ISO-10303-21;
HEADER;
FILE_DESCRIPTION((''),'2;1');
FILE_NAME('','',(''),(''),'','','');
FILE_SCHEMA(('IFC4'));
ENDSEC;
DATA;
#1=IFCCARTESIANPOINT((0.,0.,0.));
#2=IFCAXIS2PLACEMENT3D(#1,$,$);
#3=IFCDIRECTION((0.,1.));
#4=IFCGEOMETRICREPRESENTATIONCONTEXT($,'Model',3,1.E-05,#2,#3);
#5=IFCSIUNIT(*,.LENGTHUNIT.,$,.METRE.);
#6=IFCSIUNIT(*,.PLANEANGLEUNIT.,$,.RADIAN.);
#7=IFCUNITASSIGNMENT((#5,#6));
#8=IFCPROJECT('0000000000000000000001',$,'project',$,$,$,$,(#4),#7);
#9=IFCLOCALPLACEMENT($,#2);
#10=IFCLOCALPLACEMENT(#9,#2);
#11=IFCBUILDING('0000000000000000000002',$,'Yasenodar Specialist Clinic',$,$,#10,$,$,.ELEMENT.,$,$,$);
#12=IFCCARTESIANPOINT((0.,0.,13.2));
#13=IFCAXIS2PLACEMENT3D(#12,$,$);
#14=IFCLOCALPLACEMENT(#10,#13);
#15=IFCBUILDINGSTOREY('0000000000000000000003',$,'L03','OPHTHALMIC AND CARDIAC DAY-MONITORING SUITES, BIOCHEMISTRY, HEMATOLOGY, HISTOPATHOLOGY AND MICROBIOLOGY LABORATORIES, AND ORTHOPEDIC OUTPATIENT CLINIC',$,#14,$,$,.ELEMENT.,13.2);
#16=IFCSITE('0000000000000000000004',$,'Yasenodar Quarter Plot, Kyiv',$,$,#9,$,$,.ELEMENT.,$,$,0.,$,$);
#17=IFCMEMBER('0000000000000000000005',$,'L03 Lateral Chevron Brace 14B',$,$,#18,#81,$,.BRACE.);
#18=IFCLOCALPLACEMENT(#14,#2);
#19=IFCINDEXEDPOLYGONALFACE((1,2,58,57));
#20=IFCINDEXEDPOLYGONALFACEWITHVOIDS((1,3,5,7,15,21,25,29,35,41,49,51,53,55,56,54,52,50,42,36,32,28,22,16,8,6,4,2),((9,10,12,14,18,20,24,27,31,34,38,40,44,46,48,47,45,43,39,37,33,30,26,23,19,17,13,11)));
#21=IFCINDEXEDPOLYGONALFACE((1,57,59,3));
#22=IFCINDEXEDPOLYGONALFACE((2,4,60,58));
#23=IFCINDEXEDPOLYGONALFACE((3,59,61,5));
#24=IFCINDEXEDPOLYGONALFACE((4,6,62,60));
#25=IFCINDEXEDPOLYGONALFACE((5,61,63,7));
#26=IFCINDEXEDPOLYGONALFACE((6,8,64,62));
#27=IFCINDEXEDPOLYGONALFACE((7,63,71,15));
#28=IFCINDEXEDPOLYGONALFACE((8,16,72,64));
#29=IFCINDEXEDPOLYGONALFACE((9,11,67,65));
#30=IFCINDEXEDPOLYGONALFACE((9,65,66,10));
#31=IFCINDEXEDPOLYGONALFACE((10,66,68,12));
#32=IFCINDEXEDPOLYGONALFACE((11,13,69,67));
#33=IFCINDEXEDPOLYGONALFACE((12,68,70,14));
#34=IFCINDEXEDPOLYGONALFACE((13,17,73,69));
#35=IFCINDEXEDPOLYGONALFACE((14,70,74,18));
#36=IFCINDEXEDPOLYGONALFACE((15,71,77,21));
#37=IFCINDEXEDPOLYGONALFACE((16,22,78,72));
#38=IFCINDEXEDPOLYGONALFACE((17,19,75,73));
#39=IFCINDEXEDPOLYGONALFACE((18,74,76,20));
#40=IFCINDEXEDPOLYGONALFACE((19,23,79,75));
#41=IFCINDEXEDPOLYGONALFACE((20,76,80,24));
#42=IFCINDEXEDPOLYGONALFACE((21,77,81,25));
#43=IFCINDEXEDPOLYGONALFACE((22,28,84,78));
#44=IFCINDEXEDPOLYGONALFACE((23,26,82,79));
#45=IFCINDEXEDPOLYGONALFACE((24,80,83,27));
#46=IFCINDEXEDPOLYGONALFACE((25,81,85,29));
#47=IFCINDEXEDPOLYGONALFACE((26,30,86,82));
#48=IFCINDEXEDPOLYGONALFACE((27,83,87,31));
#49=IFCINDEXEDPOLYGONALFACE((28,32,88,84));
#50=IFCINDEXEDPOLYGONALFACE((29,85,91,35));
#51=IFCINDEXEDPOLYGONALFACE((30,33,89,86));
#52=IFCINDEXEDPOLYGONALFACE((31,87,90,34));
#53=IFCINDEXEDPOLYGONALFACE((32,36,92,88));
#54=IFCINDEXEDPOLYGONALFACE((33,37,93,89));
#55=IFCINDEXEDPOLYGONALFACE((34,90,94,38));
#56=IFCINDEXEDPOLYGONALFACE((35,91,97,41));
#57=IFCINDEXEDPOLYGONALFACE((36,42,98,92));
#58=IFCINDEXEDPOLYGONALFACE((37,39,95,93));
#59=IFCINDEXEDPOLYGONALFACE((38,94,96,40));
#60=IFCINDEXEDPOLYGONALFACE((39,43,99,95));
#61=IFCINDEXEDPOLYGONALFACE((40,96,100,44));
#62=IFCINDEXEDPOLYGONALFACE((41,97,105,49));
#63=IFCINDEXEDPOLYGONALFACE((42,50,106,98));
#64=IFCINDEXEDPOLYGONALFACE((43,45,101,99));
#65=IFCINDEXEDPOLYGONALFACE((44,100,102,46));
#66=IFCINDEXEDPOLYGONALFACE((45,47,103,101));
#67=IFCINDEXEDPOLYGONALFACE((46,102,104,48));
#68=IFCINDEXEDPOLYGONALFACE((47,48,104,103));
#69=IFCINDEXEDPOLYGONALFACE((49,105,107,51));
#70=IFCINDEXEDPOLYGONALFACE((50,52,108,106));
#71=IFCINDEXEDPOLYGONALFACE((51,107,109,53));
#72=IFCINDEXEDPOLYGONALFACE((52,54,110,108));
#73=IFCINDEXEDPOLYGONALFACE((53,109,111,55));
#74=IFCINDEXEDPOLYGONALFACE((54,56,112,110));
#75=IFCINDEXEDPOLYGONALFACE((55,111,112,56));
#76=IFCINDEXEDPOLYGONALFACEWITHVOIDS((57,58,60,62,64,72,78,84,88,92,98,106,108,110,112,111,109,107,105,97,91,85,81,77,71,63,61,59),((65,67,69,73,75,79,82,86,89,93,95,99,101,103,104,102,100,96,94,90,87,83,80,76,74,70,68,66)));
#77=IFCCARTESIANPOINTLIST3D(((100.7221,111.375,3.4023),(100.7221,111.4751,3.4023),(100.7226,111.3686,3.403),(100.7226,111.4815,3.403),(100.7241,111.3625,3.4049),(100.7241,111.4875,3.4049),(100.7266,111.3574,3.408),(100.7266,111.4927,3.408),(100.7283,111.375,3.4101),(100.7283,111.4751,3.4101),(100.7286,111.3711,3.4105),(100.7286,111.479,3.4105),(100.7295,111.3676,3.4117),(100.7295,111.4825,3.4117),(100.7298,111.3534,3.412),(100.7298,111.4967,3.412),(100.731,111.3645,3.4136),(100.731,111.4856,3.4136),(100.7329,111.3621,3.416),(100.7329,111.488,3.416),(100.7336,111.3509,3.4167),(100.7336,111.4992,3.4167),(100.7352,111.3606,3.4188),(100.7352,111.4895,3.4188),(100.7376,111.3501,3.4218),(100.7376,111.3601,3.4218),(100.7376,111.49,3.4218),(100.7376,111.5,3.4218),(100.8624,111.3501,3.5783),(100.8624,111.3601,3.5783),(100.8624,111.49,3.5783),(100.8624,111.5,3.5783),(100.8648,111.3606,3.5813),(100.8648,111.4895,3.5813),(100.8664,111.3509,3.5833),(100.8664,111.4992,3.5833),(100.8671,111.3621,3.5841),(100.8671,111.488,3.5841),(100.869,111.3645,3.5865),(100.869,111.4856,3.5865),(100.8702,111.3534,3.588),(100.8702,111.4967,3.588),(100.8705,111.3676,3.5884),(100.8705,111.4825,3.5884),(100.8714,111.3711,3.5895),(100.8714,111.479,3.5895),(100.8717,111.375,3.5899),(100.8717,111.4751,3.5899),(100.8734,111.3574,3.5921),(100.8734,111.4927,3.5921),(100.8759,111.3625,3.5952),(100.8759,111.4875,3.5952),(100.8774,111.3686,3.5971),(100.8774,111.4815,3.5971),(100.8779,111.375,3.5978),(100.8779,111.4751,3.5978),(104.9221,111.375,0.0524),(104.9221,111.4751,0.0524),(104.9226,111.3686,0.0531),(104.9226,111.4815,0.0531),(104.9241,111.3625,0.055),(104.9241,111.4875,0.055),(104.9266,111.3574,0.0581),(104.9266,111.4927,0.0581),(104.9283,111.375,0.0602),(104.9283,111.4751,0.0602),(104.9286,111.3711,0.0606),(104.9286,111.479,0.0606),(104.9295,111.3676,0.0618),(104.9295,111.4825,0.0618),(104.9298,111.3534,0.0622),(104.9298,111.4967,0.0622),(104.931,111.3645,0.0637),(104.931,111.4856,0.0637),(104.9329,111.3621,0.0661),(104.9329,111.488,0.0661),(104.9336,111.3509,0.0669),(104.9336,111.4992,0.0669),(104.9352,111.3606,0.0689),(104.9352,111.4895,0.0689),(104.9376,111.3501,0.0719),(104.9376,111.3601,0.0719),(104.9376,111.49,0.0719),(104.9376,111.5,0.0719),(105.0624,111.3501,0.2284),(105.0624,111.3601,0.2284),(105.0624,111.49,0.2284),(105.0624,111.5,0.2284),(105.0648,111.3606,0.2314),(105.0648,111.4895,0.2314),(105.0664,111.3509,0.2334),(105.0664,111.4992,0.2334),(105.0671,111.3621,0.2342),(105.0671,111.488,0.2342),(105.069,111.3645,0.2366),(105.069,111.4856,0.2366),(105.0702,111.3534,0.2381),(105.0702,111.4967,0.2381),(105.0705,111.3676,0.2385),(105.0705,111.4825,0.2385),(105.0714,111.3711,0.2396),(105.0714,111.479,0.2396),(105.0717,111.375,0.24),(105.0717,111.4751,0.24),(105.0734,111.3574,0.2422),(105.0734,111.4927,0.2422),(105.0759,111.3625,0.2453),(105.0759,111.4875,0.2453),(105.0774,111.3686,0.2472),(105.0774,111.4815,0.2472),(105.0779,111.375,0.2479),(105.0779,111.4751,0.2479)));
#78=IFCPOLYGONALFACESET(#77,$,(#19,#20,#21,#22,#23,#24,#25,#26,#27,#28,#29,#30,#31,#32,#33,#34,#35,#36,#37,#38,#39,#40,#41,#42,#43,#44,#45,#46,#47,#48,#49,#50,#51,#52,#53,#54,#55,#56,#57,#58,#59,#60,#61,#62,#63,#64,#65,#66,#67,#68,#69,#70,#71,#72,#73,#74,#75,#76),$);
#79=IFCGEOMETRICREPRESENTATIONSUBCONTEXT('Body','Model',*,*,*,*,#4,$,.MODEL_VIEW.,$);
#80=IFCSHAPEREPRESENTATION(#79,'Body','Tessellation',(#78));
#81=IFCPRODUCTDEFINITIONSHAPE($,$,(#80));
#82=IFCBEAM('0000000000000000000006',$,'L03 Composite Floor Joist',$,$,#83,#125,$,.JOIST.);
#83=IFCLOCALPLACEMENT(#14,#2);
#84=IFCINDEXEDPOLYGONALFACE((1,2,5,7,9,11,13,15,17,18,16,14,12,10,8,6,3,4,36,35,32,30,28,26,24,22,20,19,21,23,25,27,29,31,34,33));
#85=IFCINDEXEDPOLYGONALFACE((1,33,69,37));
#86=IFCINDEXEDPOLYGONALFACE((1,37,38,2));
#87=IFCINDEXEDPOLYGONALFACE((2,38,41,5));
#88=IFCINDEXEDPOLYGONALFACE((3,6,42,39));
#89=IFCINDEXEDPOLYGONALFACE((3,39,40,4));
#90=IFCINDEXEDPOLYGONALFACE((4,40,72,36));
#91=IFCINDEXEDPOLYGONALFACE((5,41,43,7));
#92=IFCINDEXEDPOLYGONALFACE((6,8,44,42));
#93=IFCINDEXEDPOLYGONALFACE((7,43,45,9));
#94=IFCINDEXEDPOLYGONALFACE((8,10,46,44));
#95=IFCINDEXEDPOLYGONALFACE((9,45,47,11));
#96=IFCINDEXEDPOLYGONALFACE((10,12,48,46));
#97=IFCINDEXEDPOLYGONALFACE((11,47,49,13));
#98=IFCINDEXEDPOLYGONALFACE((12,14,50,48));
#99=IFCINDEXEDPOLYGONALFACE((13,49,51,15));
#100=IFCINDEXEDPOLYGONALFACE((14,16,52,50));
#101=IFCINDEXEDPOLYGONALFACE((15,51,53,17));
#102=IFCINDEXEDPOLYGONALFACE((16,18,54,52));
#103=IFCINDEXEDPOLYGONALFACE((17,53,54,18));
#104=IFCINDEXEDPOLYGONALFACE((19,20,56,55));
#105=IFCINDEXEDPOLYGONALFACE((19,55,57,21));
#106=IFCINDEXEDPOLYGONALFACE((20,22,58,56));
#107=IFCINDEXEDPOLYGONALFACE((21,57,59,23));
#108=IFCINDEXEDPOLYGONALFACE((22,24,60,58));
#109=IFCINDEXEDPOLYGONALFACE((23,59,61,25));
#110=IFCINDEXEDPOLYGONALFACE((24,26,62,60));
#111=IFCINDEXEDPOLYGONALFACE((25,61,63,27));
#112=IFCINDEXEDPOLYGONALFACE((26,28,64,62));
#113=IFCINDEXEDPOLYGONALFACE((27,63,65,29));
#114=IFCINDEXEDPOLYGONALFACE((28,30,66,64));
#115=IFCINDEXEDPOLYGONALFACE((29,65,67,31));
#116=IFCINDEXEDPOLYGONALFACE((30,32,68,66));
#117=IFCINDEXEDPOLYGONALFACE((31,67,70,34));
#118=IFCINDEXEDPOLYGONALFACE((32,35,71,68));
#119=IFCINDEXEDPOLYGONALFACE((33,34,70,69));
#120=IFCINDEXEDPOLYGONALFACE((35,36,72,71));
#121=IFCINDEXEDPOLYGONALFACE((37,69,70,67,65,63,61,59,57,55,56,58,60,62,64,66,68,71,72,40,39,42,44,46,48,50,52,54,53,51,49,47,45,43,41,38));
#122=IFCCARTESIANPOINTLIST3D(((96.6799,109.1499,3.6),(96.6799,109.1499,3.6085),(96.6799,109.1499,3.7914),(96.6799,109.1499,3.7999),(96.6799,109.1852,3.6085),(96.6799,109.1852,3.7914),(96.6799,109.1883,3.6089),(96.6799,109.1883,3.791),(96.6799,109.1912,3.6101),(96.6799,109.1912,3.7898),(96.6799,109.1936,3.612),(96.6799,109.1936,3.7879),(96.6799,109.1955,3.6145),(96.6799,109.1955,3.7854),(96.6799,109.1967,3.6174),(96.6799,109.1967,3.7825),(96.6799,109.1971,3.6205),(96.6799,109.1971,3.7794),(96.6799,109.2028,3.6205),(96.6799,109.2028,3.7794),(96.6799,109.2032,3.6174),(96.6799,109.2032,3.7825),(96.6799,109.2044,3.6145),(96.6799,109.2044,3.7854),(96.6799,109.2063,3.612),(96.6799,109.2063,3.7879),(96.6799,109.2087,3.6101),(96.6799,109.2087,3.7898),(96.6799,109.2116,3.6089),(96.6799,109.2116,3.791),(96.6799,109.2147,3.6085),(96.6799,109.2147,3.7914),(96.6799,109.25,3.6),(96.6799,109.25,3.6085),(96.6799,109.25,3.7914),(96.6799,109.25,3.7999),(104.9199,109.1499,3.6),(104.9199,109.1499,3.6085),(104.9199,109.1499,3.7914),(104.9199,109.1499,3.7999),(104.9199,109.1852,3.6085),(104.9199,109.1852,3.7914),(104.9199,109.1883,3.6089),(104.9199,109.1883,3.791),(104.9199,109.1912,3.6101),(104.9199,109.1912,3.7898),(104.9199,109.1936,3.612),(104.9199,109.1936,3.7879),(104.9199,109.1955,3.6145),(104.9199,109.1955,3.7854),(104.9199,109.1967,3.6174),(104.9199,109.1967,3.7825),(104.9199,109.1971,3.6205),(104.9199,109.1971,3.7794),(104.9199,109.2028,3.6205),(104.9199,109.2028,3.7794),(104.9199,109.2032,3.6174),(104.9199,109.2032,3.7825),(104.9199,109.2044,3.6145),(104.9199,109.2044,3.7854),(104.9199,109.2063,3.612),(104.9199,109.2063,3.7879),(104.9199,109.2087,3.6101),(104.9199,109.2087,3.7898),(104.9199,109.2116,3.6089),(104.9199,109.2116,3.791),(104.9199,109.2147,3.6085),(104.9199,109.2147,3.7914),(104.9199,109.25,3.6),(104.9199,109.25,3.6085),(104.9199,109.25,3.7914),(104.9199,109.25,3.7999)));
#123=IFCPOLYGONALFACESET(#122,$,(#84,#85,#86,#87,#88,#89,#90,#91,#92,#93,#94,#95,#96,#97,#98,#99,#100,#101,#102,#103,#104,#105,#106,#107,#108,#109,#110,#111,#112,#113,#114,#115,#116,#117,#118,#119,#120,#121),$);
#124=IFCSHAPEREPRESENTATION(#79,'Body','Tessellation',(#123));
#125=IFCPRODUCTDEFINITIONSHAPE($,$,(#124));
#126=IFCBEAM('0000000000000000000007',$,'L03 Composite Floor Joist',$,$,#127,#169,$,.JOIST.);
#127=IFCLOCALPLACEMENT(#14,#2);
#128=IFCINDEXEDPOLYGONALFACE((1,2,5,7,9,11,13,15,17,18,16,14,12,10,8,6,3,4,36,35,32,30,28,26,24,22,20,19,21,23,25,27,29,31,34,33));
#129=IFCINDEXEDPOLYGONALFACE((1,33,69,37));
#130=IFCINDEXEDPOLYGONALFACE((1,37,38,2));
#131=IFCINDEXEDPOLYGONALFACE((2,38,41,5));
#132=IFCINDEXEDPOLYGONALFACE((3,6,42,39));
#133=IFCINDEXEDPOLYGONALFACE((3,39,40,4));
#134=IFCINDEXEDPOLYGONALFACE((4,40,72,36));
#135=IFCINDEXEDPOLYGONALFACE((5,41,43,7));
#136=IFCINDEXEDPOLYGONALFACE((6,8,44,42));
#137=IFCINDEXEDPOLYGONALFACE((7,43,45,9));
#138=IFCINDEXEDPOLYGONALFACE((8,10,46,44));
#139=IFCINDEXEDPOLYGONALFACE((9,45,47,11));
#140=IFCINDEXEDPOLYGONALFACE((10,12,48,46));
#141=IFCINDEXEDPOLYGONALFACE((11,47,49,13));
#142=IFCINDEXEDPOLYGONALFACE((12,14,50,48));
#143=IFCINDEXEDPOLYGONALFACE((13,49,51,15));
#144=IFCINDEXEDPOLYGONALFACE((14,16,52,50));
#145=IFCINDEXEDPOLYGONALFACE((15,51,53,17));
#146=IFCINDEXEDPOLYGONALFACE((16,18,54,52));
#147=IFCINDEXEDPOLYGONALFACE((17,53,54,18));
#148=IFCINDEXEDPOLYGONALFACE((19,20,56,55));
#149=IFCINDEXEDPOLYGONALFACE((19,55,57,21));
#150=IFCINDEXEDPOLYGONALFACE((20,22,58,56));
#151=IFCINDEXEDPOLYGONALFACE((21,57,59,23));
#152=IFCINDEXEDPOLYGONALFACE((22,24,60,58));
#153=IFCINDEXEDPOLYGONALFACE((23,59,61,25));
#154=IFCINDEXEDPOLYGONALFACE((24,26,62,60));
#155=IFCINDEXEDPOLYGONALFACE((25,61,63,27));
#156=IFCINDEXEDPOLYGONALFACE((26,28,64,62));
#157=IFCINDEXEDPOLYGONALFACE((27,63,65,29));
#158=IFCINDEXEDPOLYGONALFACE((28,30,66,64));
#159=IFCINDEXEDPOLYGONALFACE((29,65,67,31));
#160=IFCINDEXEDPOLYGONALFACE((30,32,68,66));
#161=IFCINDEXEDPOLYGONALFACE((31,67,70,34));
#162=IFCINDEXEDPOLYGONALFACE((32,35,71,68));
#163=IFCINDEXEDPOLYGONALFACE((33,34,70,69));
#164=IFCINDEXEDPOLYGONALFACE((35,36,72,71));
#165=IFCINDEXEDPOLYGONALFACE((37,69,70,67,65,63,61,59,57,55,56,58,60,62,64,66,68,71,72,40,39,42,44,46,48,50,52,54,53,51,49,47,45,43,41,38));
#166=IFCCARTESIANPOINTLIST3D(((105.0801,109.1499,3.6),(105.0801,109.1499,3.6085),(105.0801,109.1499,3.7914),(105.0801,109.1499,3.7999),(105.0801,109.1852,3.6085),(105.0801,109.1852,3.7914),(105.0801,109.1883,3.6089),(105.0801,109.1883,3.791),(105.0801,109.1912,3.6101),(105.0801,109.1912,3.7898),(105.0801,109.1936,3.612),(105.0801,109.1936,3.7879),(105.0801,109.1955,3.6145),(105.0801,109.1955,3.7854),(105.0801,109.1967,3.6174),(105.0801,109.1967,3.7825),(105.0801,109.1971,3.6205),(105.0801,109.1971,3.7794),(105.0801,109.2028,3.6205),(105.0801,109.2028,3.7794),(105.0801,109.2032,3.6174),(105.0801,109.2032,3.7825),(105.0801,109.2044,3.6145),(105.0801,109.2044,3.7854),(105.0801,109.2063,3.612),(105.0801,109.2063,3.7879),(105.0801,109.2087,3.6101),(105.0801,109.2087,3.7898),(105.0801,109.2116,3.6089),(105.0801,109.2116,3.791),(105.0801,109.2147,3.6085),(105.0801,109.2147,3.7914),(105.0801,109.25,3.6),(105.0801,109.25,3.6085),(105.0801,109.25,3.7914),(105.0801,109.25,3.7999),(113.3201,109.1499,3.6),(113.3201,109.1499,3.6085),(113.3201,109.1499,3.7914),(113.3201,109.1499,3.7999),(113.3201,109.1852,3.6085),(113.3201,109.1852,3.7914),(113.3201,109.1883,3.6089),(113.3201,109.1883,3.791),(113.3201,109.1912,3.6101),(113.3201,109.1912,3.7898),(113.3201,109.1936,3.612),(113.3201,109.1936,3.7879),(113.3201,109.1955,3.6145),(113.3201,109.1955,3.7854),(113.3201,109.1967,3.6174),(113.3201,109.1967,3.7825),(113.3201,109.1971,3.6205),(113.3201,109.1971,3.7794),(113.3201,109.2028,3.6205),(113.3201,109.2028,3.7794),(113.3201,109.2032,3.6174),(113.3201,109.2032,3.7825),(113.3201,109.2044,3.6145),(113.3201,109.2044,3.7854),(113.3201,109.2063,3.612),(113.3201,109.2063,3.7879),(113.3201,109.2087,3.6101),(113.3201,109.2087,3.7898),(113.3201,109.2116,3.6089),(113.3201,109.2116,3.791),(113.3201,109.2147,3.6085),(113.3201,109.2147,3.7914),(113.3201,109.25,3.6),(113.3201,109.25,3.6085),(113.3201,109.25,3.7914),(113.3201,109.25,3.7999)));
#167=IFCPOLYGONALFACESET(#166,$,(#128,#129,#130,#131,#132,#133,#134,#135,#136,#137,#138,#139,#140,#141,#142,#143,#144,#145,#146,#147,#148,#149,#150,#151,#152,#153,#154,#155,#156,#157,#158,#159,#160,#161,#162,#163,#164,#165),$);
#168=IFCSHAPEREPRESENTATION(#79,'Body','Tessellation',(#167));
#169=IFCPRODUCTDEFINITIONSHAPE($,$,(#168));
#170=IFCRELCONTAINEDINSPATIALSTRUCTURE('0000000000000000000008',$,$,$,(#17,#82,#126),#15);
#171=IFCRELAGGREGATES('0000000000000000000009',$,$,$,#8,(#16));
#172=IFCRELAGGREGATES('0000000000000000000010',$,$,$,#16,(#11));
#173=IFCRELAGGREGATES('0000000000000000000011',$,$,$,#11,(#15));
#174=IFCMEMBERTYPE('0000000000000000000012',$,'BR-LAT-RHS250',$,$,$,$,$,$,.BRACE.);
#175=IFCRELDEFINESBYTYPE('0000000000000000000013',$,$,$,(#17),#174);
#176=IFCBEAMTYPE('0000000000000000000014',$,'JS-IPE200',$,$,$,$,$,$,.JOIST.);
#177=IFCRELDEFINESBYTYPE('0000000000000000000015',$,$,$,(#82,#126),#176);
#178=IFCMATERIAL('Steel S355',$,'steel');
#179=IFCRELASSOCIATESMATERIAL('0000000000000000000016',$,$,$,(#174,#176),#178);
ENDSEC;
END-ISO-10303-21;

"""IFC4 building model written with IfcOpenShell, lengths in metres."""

from ifc_helpers import new_model, si_unit, direction, frame, origin, origin_2d, place, context, subcontext, project, spatial, hollow_rectangle, i_section, extrude, material, material_profile, profile_set, type_object, element, save


model = new_model("IFC4")

# Units and contexts
model_context = context("Model", 3, precision=1e-05, world=origin(), true_north=direction((0.0, 1.0)))
body_context = subcontext(model_context, "Body", "Model", "MODEL_VIEW")
ifc_project = project(units=[si_unit("LENGTHUNIT", "METRE"), si_unit("PLANEANGLEUNIT", "RADIAN")], contexts=[model_context])

# Site, building, storey
site_placement = place(None, origin())
site = spatial("IfcSite", under=ifc_project, at=site_placement, Name="Yasenodar Quarter Plot, Kyiv", CompositionType="ELEMENT", RefElevation=0.0)
building_placement = place(site_placement, origin())
building = spatial("IfcBuilding", under=site, at=building_placement, Name="Yasenodar Specialist Clinic", CompositionType="ELEMENT")
storey_placement = place(building_placement, frame((0.0, 0.0, 13.2)))
storey = spatial("IfcBuildingStorey", under=building, at=storey_placement, Name="L03", Description="OPHTHALMIC AND CARDIAC DAY-MONITORING SUITES, BIOCHEMISTRY, HEMATOLOGY, HISTOPATHOLOGY AND MICROBIOLOGY LABORATORIES, AND ORTHOPEDIC OUTPATIENT CLINIC", CompositionType="ELEMENT", Elevation=13.2)

# Shared definitions
ifc_material_1 = material(Name="Steel S355", Category="steel")

# Member
ifc_material_profile_1 = material_profile(ifc_material_1, hollow_rectangle(XDim=0.1499, YDim=0.25, WallThickness=0.01, InnerFilletRadius=0.0149, OuterFilletRadius=0.0249, at=origin_2d()), Name="RHS 250x150x10")
ifc_profile_set_1 = profile_set([ifc_material_profile_1], Name="Steel S355")
member_type = type_object("IfcMemberType", Name="BR-LAT-RHS250", PredefinedType="BRACE", material=ifc_profile_set_1)
for number, where, z_axis, x_axis, name in (
    (1, (105.0, 111.425, 0.1501), (-0.781786, 0.0, 0.623547), (0.0, -1.0, 0.0), "L03 Lateral Chevron Brace 14B"),
):
    element("IfcMember", number, at=place(storey_placement, frame(where, z_axis=z_axis, x_axis=x_axis)), inside=storey, type_object=member_type, Name=name, PredefinedType="BRACE", context=body_context, shape_type="SweptSolid", body=[
        extrude(hollow_rectangle(XDim=0.1499, YDim=0.25, WallThickness=0.01, InnerFilletRadius=0.0149, OuterFilletRadius=0.0249, at=origin_2d()), origin(), (0.0, 0.0, 1.0), 5.3723),
    ])

# Beams
ifc_material_profile_2 = material_profile(ifc_material_1, i_section(OverallWidth=0.1001, OverallDepth=0.2, WebThickness=0.0056, FlangeThickness=0.0085, FilletRadius=0.012, at=origin_2d()), Name="IPE 200")
ifc_profile_set_2 = profile_set([ifc_material_profile_2], Name="Steel S355")
beam_type_1 = type_object("IfcBeamType", Name="JS-IPE200", PredefinedType="JOIST", material=ifc_profile_set_2)
for number, where, z_axis, x_axis, name in (
    (2, (96.6799, 109.2, 3.7), (1.0, 0.0, 0.0), (0.0, 1.0, 0.0), "L03 Composite Floor Joist"),
    (3, (105.0801, 109.2, 3.7), (1.0, 0.0, 0.0), (0.0, 1.0, 0.0), "L03 Composite Floor Joist"),
):
    element("IfcBeam", number, at=place(storey_placement, frame(where, z_axis=z_axis, x_axis=x_axis)), inside=storey, type_object=beam_type_1, Name=name, PredefinedType="JOIST", context=body_context, shape_type="SweptSolid", body=[
        extrude(i_section(OverallWidth=0.1001, OverallDepth=0.2, WebThickness=0.0056, FlangeThickness=0.0085, FilletRadius=0.012, at=origin_2d()), origin(), (0.0, 0.0, 1.0), 8.24),
    ])

save(model, "model.ifc")
